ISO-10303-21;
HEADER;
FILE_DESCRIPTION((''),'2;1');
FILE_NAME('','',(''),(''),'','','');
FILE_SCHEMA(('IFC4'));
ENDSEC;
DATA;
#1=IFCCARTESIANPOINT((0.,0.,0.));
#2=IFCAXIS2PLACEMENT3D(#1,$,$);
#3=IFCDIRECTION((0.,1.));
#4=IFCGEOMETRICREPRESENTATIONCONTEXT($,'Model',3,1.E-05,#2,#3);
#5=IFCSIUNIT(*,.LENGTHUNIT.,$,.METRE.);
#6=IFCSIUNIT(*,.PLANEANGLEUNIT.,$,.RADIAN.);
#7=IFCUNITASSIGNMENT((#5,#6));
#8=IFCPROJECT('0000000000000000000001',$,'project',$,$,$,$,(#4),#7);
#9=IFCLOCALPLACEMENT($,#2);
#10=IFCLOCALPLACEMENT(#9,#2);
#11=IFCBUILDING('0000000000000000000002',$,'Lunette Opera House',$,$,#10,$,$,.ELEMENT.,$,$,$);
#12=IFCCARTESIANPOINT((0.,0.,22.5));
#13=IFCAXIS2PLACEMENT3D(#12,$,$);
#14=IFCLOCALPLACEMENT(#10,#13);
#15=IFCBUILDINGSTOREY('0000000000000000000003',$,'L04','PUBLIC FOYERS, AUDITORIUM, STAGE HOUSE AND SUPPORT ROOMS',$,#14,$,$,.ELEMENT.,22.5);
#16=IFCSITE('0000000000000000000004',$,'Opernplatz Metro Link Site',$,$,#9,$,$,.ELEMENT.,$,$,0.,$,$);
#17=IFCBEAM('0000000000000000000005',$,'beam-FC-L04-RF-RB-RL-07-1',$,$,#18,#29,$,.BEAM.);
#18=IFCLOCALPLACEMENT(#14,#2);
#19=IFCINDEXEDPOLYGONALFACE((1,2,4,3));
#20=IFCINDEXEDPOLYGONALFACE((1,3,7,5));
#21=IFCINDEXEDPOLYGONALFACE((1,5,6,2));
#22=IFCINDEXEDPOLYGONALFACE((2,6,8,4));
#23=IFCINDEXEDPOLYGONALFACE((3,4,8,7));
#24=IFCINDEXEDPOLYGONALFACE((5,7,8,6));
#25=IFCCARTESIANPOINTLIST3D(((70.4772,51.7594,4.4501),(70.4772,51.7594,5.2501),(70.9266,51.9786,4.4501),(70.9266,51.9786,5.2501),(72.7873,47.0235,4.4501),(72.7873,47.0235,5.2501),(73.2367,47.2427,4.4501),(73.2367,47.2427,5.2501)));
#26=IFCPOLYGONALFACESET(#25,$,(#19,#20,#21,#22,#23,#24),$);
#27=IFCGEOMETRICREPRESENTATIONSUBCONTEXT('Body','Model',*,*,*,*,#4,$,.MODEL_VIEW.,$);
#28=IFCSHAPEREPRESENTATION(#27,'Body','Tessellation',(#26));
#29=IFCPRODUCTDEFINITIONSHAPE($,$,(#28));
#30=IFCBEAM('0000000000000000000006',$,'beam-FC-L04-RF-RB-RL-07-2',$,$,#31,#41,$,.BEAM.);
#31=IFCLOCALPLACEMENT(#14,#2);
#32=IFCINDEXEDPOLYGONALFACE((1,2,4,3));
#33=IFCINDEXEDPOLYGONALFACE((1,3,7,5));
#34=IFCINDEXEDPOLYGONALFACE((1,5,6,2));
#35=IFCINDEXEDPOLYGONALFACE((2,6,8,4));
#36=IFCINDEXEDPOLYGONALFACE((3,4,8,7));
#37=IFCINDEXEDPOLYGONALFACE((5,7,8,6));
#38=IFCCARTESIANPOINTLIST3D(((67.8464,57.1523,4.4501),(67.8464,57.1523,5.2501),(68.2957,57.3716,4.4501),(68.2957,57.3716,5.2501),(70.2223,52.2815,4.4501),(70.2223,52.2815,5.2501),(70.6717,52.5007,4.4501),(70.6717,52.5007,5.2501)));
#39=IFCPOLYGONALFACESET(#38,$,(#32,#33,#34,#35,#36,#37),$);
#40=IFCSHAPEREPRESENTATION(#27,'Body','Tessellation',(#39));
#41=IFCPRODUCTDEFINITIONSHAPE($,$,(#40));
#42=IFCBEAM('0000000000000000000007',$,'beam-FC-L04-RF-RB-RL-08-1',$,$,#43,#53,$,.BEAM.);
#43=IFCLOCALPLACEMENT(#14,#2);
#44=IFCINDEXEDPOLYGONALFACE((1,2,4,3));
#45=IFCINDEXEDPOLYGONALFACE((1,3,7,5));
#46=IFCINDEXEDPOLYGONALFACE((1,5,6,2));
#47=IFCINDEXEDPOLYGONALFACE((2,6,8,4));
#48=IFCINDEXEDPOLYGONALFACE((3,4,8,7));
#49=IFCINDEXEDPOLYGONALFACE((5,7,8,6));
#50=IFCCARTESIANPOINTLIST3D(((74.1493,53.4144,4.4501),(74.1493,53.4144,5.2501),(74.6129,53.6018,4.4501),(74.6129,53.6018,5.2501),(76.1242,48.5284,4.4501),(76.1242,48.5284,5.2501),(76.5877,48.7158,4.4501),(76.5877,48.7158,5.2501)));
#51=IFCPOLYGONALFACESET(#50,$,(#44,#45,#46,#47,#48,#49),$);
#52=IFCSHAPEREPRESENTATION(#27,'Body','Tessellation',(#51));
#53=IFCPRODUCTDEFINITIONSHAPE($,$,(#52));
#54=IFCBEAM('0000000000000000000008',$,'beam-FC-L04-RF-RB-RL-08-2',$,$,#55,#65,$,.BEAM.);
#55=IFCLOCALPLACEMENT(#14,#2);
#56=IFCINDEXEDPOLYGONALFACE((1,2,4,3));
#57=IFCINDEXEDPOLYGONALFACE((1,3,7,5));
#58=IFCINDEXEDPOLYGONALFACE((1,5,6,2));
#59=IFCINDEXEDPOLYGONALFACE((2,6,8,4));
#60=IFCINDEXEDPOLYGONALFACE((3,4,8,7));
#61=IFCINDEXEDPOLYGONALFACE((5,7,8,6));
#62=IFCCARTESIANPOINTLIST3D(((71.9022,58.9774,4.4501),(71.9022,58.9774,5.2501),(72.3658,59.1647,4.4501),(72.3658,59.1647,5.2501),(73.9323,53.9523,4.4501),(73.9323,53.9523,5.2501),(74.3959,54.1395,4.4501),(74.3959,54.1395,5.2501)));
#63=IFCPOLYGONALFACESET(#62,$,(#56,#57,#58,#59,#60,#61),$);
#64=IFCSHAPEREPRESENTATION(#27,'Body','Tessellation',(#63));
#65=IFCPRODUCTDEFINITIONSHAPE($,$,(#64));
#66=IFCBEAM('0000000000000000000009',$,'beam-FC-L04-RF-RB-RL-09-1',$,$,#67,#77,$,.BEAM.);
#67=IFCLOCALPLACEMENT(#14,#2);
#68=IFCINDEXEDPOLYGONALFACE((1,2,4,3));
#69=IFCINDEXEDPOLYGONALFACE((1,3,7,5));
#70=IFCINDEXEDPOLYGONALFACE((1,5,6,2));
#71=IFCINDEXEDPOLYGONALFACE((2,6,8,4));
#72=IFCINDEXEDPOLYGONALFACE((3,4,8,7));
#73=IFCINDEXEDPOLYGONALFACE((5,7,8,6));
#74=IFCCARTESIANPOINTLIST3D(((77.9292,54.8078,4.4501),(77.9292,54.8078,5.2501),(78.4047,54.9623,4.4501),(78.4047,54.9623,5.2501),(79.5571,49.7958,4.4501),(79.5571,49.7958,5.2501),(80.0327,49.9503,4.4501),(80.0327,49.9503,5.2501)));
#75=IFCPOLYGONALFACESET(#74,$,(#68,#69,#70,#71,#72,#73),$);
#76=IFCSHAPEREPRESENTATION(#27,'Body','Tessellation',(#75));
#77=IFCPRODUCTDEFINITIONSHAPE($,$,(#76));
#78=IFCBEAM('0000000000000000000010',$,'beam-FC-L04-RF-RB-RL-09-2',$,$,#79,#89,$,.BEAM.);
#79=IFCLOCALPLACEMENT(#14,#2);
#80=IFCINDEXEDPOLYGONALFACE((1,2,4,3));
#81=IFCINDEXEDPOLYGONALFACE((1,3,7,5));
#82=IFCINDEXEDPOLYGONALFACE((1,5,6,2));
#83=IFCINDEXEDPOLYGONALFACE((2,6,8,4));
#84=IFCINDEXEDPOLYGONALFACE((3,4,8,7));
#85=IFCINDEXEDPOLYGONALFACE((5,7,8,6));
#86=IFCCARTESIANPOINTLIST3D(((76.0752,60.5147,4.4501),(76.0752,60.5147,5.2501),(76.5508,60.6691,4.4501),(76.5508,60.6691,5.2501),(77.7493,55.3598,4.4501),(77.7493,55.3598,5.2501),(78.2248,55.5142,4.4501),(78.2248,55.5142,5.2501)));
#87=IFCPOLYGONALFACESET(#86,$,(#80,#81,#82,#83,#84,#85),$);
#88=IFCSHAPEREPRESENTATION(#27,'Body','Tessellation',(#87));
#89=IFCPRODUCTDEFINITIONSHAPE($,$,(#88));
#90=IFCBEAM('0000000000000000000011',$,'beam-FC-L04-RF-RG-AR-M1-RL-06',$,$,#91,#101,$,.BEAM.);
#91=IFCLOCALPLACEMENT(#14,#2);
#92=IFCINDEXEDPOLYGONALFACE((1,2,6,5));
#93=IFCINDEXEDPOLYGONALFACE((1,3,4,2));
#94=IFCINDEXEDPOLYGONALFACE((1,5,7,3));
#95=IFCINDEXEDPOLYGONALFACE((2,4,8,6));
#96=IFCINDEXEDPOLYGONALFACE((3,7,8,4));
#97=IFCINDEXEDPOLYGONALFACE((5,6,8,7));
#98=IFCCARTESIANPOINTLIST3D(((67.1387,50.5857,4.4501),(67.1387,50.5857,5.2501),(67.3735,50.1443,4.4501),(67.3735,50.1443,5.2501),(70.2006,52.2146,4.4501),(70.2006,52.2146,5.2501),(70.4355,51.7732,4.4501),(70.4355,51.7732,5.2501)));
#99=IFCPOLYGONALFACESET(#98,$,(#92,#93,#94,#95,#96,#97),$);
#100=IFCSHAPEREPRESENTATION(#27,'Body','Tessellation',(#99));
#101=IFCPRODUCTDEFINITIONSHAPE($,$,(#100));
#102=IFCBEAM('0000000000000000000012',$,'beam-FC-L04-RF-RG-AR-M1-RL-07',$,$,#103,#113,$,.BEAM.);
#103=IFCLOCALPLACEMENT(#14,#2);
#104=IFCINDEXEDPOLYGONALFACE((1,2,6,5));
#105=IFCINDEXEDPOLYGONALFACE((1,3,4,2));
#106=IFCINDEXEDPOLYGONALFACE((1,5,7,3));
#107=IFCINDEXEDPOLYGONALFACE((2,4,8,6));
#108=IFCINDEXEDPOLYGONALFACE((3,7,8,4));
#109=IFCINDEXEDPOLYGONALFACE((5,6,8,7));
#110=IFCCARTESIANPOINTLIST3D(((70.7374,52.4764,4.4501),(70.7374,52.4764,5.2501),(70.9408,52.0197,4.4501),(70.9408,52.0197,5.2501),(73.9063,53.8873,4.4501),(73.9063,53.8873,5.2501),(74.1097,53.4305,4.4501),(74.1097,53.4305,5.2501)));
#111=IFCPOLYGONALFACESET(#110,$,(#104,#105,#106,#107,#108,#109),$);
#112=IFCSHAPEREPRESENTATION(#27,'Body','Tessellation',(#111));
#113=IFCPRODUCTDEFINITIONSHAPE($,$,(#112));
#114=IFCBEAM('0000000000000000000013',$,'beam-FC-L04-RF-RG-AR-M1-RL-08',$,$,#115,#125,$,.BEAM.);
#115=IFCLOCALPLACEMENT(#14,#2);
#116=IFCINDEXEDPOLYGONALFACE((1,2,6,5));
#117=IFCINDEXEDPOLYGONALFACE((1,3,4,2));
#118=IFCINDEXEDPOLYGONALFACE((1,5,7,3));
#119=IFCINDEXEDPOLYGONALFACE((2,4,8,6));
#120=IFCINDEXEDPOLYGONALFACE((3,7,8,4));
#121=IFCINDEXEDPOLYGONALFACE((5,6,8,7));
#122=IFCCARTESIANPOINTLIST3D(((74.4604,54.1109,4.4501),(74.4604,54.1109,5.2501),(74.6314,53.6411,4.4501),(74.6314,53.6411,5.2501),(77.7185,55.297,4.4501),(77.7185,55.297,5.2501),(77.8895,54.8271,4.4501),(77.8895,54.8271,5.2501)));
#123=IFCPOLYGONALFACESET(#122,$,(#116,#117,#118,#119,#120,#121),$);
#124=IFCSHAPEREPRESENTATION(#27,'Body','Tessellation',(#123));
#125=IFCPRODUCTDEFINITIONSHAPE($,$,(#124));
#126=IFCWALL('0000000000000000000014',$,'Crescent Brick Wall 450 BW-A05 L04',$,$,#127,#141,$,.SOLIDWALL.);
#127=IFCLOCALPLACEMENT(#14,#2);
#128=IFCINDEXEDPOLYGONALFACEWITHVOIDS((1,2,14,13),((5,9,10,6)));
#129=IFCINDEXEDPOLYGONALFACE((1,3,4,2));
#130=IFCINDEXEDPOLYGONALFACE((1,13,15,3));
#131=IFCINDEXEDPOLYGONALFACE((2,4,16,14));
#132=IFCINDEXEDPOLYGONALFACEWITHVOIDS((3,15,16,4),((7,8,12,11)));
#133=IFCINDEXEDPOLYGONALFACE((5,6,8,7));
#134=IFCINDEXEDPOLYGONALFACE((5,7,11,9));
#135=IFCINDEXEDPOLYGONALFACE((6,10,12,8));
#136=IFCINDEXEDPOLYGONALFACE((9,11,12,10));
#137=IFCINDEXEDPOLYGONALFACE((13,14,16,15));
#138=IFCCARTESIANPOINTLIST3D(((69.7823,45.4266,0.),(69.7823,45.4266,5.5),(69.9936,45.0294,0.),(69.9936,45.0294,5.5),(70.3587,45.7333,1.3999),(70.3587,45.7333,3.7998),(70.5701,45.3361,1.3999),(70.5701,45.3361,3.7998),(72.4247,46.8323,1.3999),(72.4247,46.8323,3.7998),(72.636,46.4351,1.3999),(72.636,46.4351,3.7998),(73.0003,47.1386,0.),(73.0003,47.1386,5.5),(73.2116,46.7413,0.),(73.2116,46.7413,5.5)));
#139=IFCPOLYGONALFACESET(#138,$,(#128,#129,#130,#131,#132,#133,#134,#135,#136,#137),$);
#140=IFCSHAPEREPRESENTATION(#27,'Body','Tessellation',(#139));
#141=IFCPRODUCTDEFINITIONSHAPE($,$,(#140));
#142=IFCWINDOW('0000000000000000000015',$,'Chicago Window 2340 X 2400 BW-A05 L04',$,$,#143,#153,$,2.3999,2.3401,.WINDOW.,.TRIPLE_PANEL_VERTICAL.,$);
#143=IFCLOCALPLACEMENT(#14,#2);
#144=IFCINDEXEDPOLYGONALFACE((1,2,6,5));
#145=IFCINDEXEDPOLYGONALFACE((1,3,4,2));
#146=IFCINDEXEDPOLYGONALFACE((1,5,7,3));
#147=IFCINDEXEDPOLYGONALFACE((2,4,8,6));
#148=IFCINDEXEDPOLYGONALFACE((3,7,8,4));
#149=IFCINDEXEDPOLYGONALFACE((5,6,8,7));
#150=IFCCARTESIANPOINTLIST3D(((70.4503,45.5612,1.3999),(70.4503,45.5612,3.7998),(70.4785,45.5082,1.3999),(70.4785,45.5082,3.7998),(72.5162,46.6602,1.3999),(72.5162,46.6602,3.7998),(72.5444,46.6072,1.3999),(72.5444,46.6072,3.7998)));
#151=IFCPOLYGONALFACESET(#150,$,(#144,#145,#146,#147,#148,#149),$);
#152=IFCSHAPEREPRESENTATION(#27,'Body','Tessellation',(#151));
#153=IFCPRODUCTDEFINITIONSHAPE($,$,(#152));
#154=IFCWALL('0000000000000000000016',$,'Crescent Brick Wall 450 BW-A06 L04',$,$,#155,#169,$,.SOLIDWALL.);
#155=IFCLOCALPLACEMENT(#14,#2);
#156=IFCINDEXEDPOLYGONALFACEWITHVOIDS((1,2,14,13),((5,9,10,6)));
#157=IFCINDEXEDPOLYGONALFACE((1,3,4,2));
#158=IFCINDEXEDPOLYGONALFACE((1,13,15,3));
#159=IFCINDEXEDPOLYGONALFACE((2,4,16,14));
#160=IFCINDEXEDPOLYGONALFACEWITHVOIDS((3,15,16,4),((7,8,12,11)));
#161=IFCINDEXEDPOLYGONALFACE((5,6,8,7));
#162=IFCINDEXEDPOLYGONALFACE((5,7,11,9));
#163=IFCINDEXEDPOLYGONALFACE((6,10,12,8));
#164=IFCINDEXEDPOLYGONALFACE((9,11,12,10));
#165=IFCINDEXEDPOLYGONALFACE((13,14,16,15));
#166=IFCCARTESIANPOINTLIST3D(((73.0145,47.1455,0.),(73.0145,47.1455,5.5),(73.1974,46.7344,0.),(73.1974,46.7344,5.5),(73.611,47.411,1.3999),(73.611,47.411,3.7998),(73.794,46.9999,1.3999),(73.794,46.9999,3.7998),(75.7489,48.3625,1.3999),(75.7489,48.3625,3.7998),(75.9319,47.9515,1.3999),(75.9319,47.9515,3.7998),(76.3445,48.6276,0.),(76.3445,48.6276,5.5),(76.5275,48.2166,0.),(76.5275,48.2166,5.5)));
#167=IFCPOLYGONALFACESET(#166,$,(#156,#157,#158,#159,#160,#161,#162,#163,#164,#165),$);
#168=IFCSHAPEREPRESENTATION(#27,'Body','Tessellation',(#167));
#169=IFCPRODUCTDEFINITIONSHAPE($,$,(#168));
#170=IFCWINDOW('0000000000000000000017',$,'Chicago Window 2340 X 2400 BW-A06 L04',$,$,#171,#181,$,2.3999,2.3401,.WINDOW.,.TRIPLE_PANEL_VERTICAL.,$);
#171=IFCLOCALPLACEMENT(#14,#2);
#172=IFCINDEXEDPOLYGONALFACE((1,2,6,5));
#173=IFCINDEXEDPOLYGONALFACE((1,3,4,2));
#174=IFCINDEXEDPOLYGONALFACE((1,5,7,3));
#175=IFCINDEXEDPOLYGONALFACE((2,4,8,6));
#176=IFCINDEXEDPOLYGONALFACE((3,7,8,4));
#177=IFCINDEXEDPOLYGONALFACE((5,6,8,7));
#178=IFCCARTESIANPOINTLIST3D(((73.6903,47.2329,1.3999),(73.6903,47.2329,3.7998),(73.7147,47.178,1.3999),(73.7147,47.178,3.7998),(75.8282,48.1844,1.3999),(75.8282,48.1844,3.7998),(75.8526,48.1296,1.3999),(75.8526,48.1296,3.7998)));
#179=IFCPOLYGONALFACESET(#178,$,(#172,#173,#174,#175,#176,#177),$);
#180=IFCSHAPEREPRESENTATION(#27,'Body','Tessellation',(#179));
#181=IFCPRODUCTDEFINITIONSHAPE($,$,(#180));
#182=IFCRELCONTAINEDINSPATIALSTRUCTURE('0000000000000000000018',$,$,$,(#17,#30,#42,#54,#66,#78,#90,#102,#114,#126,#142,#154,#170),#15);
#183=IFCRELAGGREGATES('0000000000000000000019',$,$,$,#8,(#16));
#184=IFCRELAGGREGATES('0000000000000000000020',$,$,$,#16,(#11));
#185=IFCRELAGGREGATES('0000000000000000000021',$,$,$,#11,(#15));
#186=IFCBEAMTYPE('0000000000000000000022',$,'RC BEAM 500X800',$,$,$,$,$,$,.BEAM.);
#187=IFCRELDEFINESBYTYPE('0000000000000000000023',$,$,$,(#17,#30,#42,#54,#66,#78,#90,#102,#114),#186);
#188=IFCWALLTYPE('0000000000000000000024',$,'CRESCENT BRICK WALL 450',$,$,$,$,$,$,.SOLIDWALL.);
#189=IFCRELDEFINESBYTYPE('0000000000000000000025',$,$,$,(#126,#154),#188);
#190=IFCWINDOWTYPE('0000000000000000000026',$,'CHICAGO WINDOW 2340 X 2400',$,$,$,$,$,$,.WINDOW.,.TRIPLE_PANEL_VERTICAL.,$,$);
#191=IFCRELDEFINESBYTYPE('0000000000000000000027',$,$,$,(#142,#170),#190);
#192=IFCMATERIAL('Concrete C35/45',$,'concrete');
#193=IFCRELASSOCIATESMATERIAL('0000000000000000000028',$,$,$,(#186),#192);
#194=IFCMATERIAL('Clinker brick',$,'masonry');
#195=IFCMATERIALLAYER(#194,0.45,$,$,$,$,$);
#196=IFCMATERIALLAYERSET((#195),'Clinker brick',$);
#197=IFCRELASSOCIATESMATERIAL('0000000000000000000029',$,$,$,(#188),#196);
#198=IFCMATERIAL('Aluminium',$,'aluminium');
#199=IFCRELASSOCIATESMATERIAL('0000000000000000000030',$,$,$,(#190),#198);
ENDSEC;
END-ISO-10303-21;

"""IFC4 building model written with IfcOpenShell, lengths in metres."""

from ifc_helpers import new_model, si_unit, direction, frame, frame_2d, origin, origin_2d, place, context, subcontext, project, spatial, rectangle, extrude, material, layer, layer_set, material_profile, profile_set, type_object, element, fill, save


model = new_model("IFC4")

# Units and contexts
model_context = context("Model", 3, precision=1e-05, world=origin(), true_north=direction((0.0, 1.0)))
body_context = subcontext(model_context, "Body", "Model", "MODEL_VIEW")
ifc_project = project(units=[si_unit("LENGTHUNIT", "METRE"), si_unit("PLANEANGLEUNIT", "RADIAN")], contexts=[model_context])

# Site, building, storey
site_placement = place(None, origin())
site = spatial("IfcSite", under=ifc_project, at=site_placement, Name="Opernplatz Metro Link Site", CompositionType="ELEMENT", RefElevation=0.0)
building_placement = place(site_placement, origin())
building = spatial("IfcBuilding", under=site, at=building_placement, Name="Lunette Opera House", CompositionType="ELEMENT")
storey_placement = place(building_placement, frame((0.0, 0.0, 22.5)))
storey = spatial("IfcBuildingStorey", under=building, at=storey_placement, Name="L04", Description="PUBLIC FOYERS, AUDITORIUM, STAGE HOUSE AND SUPPORT ROOMS", CompositionType="ELEMENT", Elevation=22.5)

# Beams
ifc_material_1 = material(Name="Concrete C35/45", Category="concrete")
ifc_material_profile_1 = material_profile(ifc_material_1, rectangle(XDim=0.5, YDim=0.8, at=origin_2d()), Name="RC BEAM 500X800")
ifc_profile_set_1 = profile_set([ifc_material_profile_1], Name="Concrete C35/45")
beam_type_1 = type_object("IfcBeamType", Name="RC BEAM 500X800", PredefinedType="BEAM", material=ifc_profile_set_1)
beam_1_placement = place(storey_placement, frame((73.012, 47.1331, 4.8501), z_axis=(-0.438407, 0.898776, 0.0), x_axis=(-0.898776, -0.438407, 0.0)))
element("IfcBeam", 1, at=beam_1_placement, inside=storey, type_object=beam_type_1, Name="beam-FC-L04-RF-RB-RL-07-1", PredefinedType="BEAM", context=body_context, shape_type="SweptSolid", body=[
    extrude(rectangle(XDim=0.5, YDim=0.8, at=origin_2d()), origin(), (0.0, 0.0, 1.0), 5.2693),
])
beam_2_placement = place(storey_placement, frame((70.447, 52.3911, 4.8501), z_axis=(-0.438417, 0.898772, 0.0), x_axis=(-0.898772, -0.438417, 0.0)))
element("IfcBeam", 2, at=beam_2_placement, inside=storey, type_object=beam_type_1, Name="beam-FC-L04-RF-RB-RL-07-2", PredefinedType="BEAM", context=body_context, shape_type="SweptSolid", body=[
    extrude(rectangle(XDim=0.5, YDim=0.8, at=origin_2d()), origin(), (0.0, 0.0, 1.0), 5.4194),
])
beam_3_placement = place(storey_placement, frame((76.356, 48.6221, 4.8501), z_axis=(-0.374735, 0.927132, 0.0), x_axis=(-0.927132, -0.374735, 0.0)))
element("IfcBeam", 3, at=beam_3_placement, inside=storey, type_object=beam_type_1, Name="beam-FC-L04-RF-RB-RL-08-1", PredefinedType="BEAM", context=body_context, shape_type="SweptSolid", body=[
    extrude(rectangle(XDim=0.5, YDim=0.8, at=origin_2d()), origin(), (0.0, 0.0, 1.0), 5.27),
])
beam_4_placement = place(storey_placement, frame((74.1641, 54.0459, 4.8501), z_axis=(-0.374565, 0.927201, 0.0), x_axis=(-0.927201, -0.374565, 0.0)))
element("IfcBeam", 4, at=beam_4_placement, inside=storey, type_object=beam_type_1, Name="beam-FC-L04-RF-RB-RL-08-2", PredefinedType="BEAM", context=body_context, shape_type="SweptSolid", body=[
    extrude(rectangle(XDim=0.5, YDim=0.8, at=origin_2d()), origin(), (0.0, 0.0, 1.0), 5.4197),
])
beam_5_placement = place(storey_placement, frame((79.7949, 49.873, 4.8501), z_axis=(-0.308922, 0.951088, 0.0), x_axis=(-0.951088, -0.308922, 0.0)))
element("IfcBeam", 5, at=beam_5_placement, inside=storey, type_object=beam_type_1, Name="beam-FC-L04-RF-RB-RL-09-1", PredefinedType="BEAM", context=body_context, shape_type="SweptSolid", body=[
    extrude(rectangle(XDim=0.5, YDim=0.8, at=origin_2d()), origin(), (0.0, 0.0, 1.0), 5.2698),
])
beam_6_placement = place(storey_placement, frame((77.9871, 55.437, 4.8501), z_axis=(-0.308867, 0.951105, 0.0), x_axis=(-0.951105, -0.308867, 0.0)))
element("IfcBeam", 6, at=beam_6_placement, inside=storey, type_object=beam_type_1, Name="beam-FC-L04-RF-RB-RL-09-2", PredefinedType="BEAM", context=body_context, shape_type="SweptSolid", body=[
    extrude(rectangle(XDim=0.5, YDim=0.8, at=origin_2d()), origin(), (0.0, 0.0, 1.0), 5.4199),
])
beam_7_placement = place(storey_placement, frame((67.2561, 50.365, 4.8501), z_axis=(0.882851, 0.469653, 0.0), x_axis=(-0.469653, 0.882851, 0.0)))
element("IfcBeam", 7, at=beam_7_placement, inside=storey, type_object=beam_type_1, Name="beam-FC-L04-RF-RG-AR-M1-RL-06", PredefinedType="BEAM", context=body_context, shape_type="SweptSolid", body=[
    extrude(rectangle(XDim=0.5, YDim=0.8, at=origin_2d()), origin(), (0.0, 0.0, 1.0), 3.4683),
])
beam_8_placement = place(storey_placement, frame((70.8391, 52.248, 4.8501), z_axis=(0.913547, 0.406733, 0.0), x_axis=(-0.406733, 0.913547, 0.0)))
element("IfcBeam", 8, at=beam_8_placement, inside=storey, type_object=beam_type_1, Name="beam-FC-L04-RF-RG-AR-M1-RL-07", PredefinedType="BEAM", context=body_context, shape_type="SweptSolid", body=[
    extrude(rectangle(XDim=0.5, YDim=0.8, at=origin_2d()), origin(), (0.0, 0.0, 1.0), 3.4688),
])
beam_9_placement = place(storey_placement, frame((74.5459, 53.876, 4.8501), z_axis=(0.939674, 0.342071, 0.0), x_axis=(-0.342071, 0.939674, 0.0)))
element("IfcBeam", 9, at=beam_9_placement, inside=storey, type_object=beam_type_1, Name="beam-FC-L04-RF-RG-AR-M1-RL-08", PredefinedType="BEAM", context=body_context, shape_type="SweptSolid", body=[
    extrude(rectangle(XDim=0.5, YDim=0.8, at=origin_2d()), origin(), (0.0, 0.0, 1.0), 3.4673),
])

# Walls, openings, windows
ifc_material_2 = material(Name="Clinker brick", Category="masonry")
ifc_layer = layer(ifc_material_2, 0.45)
ifc_layer_set = layer_set([ifc_layer], Name="Clinker brick")
wall_type = type_object("IfcWallType", Name="CRESCENT BRICK WALL 450", PredefinedType="SOLIDWALL", material=ifc_layer_set)
wall_1_placement = place(storey_placement, frame((69.8879, 45.228, 0.0), z_axis=(0.0, 0.0, 1.0), x_axis=(0.882849, 0.469656, 0.0)))
wall_1 = element("IfcWall", 10, at=wall_1_placement, inside=storey, type_object=wall_type, Name="Crescent Brick Wall 450 BW-A05 L04", PredefinedType="SOLIDWALL", context=body_context, shape_type="SweptSolid", body=[
    extrude(rectangle(XDim=3.645, YDim=0.45, at=frame_2d((1.8225, 0.0))), origin(), (0.0, 0.0, 1.0), 5.5),
])
opening_1_placement = place(wall_1_placement, frame((0.6531, 0.0, 1.3999)))
opening_1 = element("IfcOpeningElement", 11, at=opening_1_placement, cuts=wall_1, PredefinedType="OPENING", context=body_context, shape_type="SweptSolid", body=[
    extrude(rectangle(XDim=2.3401, YDim=2.3999, at=frame_2d((1.1699, 1.2))), frame((0.0, 0.2371, 0.0), z_axis=(0.0, -1.0, 0.0), x_axis=(1.0, 0.0, 0.0)), (0.0, 0.0, 1.0), 0.4739),
])
ifc_material_3 = material(Name="Aluminium", Category="aluminium")
window_type = type_object("IfcWindowType", Name="CHICAGO WINDOW 2340 X 2400", PartitioningType="TRIPLE_PANEL_VERTICAL", PredefinedType="WINDOW", material=ifc_material_3)
window_1_placement = place(opening_1_placement, origin())
window_1 = element("IfcWindow", 12, at=window_1_placement, inside=storey, type_object=window_type, Name="Chicago Window 2340 X 2400 BW-A05 L04", OverallHeight=2.3999, OverallWidth=2.3401, PartitioningType="TRIPLE_PANEL_VERTICAL", PredefinedType="WINDOW", context=body_context, shape_type="SweptSolid", body=[
    extrude(rectangle(XDim=2.3401, YDim=2.3999, at=frame_2d((1.1699, 1.2))), frame((0.0, 0.03, 0.0), z_axis=(0.0, -1.0, 0.0), x_axis=(1.0, 0.0, 0.0)), (0.0, 0.0, 1.0), 0.0601),
])
fill(opening_1, window_1)
wall_2_placement = place(storey_placement, frame((73.106, 46.9399, 0.0), z_axis=(0.0, 0.0, 1.0), x_axis=(0.913593, 0.406629, 0.0)))
wall_2 = element("IfcWall", 13, at=wall_2_placement, inside=storey, type_object=wall_type, Name="Crescent Brick Wall 450 BW-A06 L04", PredefinedType="SOLIDWALL", context=body_context, shape_type="SweptSolid", body=[
    extrude(rectangle(XDim=3.645, YDim=0.45, at=frame_2d((1.8225, 0.0))), origin(), (0.0, 0.0, 1.0), 5.5),
])
opening_2_placement = place(wall_2_placement, frame((0.6531, 0.0, 1.3999)))
opening_2 = element("IfcOpeningElement", 14, at=opening_2_placement, cuts=wall_2, PredefinedType="OPENING", context=body_context, shape_type="SweptSolid", body=[
    extrude(rectangle(XDim=2.3401, YDim=2.3999, at=frame_2d((1.1699, 1.2))), frame((0.0, 0.2371, 0.0), z_axis=(0.0, -1.0, 0.0), x_axis=(1.0, 0.0, 0.0)), (0.0, 0.0, 1.0), 0.4739),
])
window_2_placement = place(opening_2_placement, origin())
window_2 = element("IfcWindow", 15, at=window_2_placement, inside=storey, type_object=window_type, Name="Chicago Window 2340 X 2400 BW-A06 L04", OverallHeight=2.3999, OverallWidth=2.3401, PartitioningType="TRIPLE_PANEL_VERTICAL", PredefinedType="WINDOW", context=body_context, shape_type="SweptSolid", body=[
    extrude(rectangle(XDim=2.3401, YDim=2.3999, at=frame_2d((1.1699, 1.2))), frame((0.0, 0.03, 0.0), z_axis=(0.0, -1.0, 0.0), x_axis=(1.0, 0.0, 0.0)), (0.0, 0.0, 1.0), 0.0601),
])
fill(opening_2, window_2)

save(model, "model.ifc")
